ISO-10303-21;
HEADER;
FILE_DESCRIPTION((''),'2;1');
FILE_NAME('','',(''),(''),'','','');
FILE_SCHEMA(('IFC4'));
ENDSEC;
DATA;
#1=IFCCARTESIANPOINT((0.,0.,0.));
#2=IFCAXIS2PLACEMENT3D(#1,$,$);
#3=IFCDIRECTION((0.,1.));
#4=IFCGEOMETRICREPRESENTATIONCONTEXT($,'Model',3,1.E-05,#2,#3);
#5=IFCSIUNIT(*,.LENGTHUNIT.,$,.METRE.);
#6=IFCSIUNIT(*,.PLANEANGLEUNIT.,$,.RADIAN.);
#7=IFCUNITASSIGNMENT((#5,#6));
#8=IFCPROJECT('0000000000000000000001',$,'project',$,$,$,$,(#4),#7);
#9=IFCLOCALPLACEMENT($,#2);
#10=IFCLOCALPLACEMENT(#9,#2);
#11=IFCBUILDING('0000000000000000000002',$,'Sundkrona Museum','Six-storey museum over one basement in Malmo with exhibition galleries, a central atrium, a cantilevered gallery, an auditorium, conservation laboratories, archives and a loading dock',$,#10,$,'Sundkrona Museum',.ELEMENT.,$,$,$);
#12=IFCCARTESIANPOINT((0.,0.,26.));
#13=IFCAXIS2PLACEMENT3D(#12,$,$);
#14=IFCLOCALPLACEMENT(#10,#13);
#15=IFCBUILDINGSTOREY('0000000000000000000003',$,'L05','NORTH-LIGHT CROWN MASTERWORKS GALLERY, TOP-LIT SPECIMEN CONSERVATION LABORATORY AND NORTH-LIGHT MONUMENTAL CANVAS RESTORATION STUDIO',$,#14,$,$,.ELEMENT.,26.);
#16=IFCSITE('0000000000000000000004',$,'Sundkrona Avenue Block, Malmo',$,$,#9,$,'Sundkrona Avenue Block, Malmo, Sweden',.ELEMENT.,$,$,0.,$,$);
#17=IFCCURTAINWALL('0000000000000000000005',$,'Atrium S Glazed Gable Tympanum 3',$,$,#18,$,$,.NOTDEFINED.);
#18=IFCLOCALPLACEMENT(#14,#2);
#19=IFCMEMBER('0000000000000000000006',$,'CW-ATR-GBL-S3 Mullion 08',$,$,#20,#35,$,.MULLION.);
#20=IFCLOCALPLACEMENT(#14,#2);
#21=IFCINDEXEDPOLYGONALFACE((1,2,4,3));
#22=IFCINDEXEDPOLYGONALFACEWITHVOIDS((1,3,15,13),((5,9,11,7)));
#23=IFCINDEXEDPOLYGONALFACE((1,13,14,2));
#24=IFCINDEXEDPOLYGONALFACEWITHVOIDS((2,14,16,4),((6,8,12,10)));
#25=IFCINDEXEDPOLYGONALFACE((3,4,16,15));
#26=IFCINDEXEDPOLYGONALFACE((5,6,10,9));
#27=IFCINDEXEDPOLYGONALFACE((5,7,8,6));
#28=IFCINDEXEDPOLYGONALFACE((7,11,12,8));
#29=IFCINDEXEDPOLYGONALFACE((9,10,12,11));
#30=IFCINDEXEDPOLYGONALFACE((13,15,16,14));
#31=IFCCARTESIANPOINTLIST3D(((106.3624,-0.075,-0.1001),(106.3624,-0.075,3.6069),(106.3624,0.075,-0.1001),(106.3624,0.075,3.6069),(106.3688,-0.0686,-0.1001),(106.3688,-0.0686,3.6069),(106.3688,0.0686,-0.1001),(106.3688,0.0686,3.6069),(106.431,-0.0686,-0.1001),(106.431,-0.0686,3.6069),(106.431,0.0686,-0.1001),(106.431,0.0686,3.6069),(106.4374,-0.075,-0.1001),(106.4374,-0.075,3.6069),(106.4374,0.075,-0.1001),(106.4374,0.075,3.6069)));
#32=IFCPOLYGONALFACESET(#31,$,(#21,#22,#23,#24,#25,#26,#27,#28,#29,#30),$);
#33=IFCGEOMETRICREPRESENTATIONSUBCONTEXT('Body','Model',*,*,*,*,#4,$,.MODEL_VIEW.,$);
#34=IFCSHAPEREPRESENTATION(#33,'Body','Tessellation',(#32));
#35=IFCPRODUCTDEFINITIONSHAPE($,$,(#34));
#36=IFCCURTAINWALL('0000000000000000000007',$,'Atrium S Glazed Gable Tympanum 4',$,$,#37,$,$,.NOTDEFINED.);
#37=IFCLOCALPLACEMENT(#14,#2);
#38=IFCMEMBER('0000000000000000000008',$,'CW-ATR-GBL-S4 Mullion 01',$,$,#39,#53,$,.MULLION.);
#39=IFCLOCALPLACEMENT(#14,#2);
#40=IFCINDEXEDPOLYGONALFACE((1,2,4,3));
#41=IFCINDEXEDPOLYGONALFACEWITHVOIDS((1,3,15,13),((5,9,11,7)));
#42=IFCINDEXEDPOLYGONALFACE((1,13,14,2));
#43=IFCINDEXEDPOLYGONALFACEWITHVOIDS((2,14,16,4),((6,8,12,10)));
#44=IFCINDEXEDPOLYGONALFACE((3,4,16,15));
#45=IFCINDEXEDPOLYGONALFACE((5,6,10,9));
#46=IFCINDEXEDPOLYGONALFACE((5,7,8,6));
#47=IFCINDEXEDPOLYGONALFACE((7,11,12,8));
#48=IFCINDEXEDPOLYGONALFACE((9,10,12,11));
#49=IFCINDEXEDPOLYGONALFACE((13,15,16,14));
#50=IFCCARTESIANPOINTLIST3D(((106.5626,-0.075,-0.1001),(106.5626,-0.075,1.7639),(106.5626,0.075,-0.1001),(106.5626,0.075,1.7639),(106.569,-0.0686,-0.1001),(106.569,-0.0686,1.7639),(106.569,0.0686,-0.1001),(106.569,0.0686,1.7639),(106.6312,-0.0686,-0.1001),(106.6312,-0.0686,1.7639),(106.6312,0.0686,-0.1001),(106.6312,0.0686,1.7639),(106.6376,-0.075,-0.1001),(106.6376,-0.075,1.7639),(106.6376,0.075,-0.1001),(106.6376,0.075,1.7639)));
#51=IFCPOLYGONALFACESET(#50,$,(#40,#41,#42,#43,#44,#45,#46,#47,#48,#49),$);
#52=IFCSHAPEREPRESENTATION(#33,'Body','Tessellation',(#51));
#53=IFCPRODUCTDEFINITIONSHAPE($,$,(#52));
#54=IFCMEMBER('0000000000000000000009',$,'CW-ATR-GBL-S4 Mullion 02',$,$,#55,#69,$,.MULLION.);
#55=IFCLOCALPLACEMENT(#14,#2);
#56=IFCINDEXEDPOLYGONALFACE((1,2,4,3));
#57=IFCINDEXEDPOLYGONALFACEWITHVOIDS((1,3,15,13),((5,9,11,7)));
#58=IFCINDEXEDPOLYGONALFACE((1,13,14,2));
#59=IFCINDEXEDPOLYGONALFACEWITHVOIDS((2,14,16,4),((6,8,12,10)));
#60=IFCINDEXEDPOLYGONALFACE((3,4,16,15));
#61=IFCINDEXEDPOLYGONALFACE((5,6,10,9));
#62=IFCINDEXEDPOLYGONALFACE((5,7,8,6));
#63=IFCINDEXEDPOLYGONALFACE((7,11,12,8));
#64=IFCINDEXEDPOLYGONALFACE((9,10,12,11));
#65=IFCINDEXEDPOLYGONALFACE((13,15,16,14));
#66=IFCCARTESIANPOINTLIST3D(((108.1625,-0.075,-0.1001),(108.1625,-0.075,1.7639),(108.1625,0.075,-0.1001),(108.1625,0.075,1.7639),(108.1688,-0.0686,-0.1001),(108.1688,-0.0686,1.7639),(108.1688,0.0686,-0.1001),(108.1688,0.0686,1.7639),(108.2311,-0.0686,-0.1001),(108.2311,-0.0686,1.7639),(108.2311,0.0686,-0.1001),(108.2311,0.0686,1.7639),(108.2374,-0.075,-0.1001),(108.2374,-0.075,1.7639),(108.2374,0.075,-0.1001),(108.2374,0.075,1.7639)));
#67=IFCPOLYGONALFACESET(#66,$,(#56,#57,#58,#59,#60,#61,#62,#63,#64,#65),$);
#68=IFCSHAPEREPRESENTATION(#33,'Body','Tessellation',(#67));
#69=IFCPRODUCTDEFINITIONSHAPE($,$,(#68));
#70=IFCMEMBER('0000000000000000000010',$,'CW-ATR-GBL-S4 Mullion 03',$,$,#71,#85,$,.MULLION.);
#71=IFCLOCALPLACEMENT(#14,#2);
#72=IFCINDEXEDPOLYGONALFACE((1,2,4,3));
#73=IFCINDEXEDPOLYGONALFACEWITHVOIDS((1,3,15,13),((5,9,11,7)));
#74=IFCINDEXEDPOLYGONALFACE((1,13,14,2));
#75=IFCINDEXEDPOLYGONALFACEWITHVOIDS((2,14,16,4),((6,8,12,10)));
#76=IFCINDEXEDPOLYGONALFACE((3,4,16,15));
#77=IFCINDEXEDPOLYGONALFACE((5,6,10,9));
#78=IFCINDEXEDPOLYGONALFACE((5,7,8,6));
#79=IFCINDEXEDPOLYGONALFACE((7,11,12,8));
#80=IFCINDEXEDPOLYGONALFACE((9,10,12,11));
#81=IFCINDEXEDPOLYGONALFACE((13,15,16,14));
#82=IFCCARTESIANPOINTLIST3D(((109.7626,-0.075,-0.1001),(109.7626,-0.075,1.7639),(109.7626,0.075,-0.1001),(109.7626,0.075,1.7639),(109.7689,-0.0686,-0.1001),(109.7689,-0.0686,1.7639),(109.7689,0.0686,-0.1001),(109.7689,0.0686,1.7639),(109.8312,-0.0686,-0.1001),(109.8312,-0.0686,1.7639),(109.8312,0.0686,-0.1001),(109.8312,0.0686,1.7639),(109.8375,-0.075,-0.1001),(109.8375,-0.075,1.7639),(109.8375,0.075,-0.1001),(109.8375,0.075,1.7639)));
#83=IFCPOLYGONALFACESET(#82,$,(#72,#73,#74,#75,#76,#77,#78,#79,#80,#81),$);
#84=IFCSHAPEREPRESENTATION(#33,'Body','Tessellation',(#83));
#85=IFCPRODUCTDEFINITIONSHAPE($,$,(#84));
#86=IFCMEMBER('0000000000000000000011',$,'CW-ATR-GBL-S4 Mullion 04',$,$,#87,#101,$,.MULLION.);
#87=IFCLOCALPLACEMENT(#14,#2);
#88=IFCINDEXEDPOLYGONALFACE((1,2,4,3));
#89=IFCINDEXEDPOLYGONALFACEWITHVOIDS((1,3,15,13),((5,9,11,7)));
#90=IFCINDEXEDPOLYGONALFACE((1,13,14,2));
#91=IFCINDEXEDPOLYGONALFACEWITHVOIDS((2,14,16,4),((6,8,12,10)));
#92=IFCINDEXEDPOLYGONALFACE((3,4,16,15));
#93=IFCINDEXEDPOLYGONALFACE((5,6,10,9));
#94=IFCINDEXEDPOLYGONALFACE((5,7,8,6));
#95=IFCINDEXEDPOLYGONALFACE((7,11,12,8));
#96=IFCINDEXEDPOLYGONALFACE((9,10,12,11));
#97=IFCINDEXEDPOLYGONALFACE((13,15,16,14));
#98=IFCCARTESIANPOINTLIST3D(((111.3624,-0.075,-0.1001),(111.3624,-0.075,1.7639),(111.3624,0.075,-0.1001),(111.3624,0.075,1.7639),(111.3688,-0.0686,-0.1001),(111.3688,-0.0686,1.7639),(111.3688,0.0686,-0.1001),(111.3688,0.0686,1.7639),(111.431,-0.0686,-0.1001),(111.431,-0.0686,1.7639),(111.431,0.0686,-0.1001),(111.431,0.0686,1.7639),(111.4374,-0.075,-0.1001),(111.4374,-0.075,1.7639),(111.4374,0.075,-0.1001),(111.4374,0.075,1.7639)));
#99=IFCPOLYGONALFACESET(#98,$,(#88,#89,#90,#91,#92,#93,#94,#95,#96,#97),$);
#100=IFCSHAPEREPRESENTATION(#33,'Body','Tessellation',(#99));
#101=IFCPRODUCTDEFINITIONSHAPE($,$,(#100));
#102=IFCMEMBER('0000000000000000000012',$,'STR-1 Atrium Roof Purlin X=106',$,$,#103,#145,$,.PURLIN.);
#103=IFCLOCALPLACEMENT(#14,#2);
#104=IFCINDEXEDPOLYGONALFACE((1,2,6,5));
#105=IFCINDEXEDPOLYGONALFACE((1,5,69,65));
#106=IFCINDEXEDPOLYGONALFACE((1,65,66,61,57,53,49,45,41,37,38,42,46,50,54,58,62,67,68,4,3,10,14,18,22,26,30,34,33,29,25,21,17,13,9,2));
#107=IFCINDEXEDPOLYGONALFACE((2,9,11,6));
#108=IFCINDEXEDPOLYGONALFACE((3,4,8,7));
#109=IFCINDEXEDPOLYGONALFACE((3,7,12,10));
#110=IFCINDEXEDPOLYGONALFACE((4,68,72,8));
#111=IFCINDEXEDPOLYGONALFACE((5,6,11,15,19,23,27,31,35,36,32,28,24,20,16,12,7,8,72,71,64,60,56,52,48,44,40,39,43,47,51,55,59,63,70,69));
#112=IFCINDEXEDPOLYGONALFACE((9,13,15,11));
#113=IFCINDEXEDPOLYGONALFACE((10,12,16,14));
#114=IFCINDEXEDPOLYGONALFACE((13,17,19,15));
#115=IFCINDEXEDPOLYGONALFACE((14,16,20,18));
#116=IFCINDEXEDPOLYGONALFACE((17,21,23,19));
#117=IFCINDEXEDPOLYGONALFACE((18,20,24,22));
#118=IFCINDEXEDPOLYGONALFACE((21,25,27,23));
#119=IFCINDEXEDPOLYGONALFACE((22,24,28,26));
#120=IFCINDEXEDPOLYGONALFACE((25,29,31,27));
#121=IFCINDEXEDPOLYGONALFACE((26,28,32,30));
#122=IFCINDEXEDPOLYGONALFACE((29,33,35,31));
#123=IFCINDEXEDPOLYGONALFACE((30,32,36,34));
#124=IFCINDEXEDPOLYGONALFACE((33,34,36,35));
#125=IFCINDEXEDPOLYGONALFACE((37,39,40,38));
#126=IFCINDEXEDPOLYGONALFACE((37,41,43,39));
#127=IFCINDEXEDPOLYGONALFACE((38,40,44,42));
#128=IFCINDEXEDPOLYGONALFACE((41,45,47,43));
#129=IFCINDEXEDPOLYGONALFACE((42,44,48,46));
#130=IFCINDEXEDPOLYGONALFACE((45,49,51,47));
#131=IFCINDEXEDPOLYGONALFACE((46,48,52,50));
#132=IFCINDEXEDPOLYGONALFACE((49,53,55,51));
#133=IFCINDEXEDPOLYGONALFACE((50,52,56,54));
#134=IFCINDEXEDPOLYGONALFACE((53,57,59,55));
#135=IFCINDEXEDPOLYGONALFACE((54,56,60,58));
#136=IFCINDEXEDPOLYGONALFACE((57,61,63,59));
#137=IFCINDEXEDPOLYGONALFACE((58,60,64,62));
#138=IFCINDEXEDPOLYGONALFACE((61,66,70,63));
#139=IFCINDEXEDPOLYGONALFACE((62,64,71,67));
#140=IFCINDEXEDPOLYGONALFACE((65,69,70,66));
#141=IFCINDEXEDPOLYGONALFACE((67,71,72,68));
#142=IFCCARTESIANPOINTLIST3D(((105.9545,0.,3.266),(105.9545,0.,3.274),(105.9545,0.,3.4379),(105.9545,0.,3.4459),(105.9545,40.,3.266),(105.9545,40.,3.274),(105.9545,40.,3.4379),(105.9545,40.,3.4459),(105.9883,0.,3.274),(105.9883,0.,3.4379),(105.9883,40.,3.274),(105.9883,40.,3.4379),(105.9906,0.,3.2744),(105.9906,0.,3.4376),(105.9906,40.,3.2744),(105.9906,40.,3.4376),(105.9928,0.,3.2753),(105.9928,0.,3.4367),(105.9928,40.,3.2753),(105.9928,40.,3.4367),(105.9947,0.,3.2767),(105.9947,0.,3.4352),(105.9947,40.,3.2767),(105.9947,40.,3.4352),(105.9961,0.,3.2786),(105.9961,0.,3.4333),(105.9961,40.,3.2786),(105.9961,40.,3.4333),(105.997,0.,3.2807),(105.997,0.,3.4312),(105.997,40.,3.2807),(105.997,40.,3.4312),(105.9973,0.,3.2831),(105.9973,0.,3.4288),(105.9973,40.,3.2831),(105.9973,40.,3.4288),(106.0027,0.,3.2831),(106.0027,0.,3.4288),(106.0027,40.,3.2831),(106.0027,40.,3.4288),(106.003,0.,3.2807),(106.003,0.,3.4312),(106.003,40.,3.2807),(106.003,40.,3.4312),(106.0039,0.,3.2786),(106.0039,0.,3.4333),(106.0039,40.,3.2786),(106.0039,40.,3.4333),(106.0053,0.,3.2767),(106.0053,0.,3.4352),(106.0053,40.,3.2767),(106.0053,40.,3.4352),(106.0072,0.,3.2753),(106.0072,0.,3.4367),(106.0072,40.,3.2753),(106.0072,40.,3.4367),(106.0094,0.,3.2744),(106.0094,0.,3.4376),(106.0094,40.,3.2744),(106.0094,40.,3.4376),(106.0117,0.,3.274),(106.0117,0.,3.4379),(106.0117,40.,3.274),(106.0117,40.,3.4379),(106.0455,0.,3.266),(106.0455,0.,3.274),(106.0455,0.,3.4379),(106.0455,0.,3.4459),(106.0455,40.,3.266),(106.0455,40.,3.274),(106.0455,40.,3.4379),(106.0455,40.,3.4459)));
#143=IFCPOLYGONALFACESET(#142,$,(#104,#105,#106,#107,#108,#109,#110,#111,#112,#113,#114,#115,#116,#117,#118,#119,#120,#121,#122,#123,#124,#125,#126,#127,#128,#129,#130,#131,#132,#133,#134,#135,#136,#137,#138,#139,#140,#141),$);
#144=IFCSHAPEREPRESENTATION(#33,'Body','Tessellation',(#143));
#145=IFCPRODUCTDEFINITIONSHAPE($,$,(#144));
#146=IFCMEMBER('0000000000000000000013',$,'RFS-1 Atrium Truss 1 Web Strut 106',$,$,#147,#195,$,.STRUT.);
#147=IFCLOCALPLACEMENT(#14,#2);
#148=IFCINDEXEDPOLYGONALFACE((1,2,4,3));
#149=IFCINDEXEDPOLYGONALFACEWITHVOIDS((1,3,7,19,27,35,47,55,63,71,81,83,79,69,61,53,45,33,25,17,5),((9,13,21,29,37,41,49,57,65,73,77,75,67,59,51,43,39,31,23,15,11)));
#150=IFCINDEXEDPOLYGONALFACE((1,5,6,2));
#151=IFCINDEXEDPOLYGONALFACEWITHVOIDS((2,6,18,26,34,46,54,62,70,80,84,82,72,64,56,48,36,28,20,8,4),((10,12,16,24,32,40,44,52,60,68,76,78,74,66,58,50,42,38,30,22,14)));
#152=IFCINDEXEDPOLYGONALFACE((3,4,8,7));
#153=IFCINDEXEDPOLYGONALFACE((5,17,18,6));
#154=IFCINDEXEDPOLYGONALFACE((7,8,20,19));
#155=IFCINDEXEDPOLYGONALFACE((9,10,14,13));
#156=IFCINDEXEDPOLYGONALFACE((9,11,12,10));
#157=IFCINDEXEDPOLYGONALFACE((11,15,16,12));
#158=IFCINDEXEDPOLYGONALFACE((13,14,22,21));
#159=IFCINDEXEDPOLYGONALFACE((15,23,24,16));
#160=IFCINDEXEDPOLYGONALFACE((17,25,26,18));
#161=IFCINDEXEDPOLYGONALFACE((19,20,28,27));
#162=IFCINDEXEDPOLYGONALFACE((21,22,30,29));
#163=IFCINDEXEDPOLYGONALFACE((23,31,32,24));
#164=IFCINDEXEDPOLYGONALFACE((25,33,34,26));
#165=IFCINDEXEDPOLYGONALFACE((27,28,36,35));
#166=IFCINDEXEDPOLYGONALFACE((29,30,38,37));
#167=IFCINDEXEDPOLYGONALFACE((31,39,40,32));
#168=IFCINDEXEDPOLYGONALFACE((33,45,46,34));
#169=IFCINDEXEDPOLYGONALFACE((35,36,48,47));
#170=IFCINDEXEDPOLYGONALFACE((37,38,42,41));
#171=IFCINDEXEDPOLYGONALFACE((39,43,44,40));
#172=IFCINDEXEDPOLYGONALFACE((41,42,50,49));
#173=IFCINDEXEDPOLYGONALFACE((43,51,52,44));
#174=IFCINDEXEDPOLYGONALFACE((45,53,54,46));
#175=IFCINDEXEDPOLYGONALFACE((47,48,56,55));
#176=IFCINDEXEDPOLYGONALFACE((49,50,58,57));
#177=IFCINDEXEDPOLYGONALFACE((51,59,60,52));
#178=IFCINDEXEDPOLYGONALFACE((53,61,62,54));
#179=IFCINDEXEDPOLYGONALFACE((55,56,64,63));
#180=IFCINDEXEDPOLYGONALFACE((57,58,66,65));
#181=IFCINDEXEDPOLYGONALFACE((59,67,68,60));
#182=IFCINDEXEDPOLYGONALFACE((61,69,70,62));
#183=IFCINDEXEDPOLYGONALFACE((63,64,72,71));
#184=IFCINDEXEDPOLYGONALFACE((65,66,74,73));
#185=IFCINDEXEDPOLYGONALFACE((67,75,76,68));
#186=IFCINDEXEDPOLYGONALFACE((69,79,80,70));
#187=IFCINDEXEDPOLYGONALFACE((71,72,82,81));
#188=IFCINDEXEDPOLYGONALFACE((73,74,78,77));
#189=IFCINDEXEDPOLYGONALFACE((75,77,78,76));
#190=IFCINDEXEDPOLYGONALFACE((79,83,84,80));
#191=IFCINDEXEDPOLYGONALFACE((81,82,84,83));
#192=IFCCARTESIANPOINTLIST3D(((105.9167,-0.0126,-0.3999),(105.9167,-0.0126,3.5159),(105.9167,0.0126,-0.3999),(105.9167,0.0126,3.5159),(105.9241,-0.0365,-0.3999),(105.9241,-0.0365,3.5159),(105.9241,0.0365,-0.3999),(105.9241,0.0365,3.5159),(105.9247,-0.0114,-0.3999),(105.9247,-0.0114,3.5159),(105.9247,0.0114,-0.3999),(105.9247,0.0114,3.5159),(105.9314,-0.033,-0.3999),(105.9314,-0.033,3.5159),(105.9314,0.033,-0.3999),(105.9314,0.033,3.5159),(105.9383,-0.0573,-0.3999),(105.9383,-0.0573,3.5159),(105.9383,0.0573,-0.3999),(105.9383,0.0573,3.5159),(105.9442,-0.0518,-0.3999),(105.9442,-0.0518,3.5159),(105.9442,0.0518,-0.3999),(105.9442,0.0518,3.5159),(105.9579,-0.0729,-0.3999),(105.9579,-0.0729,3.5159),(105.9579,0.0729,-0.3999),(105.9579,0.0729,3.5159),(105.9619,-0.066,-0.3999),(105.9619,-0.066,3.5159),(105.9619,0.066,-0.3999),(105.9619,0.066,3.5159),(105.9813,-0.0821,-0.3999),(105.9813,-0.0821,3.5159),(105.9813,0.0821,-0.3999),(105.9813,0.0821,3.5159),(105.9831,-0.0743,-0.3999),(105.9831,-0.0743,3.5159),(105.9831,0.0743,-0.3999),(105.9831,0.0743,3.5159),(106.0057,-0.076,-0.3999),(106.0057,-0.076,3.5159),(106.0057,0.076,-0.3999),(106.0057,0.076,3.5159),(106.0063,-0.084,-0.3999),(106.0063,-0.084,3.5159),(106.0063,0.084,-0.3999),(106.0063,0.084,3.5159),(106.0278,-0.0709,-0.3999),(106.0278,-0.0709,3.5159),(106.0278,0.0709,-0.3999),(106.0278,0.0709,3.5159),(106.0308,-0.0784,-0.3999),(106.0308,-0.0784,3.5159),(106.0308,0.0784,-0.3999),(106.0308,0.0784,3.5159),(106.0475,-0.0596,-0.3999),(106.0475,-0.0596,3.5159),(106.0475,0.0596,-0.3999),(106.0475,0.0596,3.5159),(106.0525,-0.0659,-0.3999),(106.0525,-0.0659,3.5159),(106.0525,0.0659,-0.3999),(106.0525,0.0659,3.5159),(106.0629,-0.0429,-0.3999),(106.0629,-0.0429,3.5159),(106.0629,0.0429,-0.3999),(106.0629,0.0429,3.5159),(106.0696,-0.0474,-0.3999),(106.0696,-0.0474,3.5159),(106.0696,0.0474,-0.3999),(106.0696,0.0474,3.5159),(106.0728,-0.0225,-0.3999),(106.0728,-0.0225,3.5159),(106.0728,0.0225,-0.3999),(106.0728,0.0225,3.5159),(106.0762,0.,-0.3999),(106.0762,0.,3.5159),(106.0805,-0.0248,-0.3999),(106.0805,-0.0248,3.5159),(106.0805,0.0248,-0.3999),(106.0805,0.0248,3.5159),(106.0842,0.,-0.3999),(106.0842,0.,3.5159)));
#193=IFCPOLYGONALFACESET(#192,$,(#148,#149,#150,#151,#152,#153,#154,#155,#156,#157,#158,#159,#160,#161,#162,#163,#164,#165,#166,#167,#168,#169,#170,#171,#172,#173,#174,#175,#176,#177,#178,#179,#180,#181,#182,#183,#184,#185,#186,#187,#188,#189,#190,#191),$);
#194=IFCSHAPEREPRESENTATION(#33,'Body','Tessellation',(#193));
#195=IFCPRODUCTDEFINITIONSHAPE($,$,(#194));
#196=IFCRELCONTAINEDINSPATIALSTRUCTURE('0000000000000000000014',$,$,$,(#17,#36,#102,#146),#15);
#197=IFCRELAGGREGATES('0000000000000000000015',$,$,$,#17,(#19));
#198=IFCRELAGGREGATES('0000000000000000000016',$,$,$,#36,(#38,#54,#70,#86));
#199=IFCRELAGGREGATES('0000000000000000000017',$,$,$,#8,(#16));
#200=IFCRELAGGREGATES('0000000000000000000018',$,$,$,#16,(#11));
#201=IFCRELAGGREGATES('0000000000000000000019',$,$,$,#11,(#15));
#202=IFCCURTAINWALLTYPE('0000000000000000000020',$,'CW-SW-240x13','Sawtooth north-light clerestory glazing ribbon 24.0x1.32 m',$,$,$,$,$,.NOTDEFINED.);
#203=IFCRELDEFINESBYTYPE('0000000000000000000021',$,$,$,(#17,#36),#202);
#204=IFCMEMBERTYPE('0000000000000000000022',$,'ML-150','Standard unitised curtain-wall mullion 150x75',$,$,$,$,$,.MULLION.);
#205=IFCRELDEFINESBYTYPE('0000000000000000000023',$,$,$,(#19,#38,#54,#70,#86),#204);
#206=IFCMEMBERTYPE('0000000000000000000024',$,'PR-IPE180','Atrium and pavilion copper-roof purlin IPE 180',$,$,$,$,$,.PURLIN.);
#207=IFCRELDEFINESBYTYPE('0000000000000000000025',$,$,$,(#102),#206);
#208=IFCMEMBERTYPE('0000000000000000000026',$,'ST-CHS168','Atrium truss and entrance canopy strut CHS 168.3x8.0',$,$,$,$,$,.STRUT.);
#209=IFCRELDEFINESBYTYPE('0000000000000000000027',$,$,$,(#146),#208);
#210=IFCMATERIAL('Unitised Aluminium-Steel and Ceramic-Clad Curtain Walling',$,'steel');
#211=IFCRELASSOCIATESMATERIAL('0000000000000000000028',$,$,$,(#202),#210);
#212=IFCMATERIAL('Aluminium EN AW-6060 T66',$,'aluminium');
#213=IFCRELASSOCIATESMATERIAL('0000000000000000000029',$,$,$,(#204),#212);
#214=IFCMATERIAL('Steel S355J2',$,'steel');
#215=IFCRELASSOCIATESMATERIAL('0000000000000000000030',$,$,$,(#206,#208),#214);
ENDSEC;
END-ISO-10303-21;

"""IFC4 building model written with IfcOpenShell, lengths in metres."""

from ifc_helpers import new_model, si_unit, direction, frame, origin, origin_2d, place, context, subcontext, project, spatial, hollow_rectangle, hollow_circle, i_section, extrude, material, material_profile, profile_set, type_object, element, aggregate, save


model = new_model("IFC4")

# Units and contexts
model_context = context("Model", 3, precision=1e-05, world=origin(), true_north=direction((0.0, 1.0)))
body_context = subcontext(model_context, "Body", "Model", "MODEL_VIEW")
ifc_project = project(units=[si_unit("LENGTHUNIT", "METRE"), si_unit("PLANEANGLEUNIT", "RADIAN")], contexts=[model_context])

# Site, building, storey
site_placement = place(None, origin())
site = spatial("IfcSite", under=ifc_project, at=site_placement, Name="Sundkrona Avenue Block, Malmo", LongName="Sundkrona Avenue Block, Malmo, Sweden", CompositionType="ELEMENT", RefElevation=0.0)
building_placement = place(site_placement, origin())
building = spatial("IfcBuilding", under=site, at=building_placement, Name="Sundkrona Museum", Description="Six-storey museum over one basement in Malmo with exhibition galleries, a central atrium, a cantilevered gallery, an auditorium, conservation laboratories, archives and a loading dock", LongName="Sundkrona Museum", CompositionType="ELEMENT")
storey_placement = place(building_placement, frame((0.0, 0.0, 26.0)))
storey = spatial("IfcBuildingStorey", under=building, at=storey_placement, Name="L05", Description="NORTH-LIGHT CROWN MASTERWORKS GALLERY, TOP-LIT SPECIMEN CONSERVATION LABORATORY AND NORTH-LIGHT MONUMENTAL CANVAS RESTORATION STUDIO", CompositionType="ELEMENT", Elevation=26.0)

# Curtain wall, member
ifc_material_1 = material(Name="Unitised Aluminium-Steel and Ceramic-Clad Curtain Walling", Category="steel")
curtain_wall_type = type_object("IfcCurtainWallType", Name="CW-SW-240x13", Description="Sawtooth north-light clerestory glazing ribbon 24.0x1.32 m", PredefinedType="NOTDEFINED", material=ifc_material_1)
curtain_wall_1_placement = place(storey_placement, origin())
curtain_wall_1 = element("IfcCurtainWall", 1, at=curtain_wall_1_placement, inside=storey, type_object=curtain_wall_type, Name="Atrium S Glazed Gable Tympanum 3", PredefinedType="NOTDEFINED")
ifc_material_2 = material(Name="Aluminium EN AW-6060 T66", Category="aluminium")
ifc_material_profile_1 = material_profile(ifc_material_2, hollow_rectangle(XDim=0.075, YDim=0.1499, WallThickness=0.0063, at=origin_2d()), Name="RHS 150x75x6.3")
ifc_profile_set_1 = profile_set([ifc_material_profile_1], Name="Aluminium EN AW-6060 T66")
member_type_1 = type_object("IfcMemberType", Name="ML-150", Description="Standard unitised curtain-wall mullion 150x75", PredefinedType="MULLION", material=ifc_profile_set_1)
member_1_placement = place(storey_placement, frame((106.3999, 0.0, -0.1001), z_axis=(0.0, 0.0, 1.0), x_axis=(1.0, 0.0, 0.0)))
member_1 = element("IfcMember", 2, at=member_1_placement, type_object=member_type_1, Name="CW-ATR-GBL-S3 Mullion 08", PredefinedType="MULLION", context=body_context, shape_type="SweptSolid", body=[
    extrude(hollow_rectangle(XDim=0.075, YDim=0.1499, WallThickness=0.0063, at=origin_2d()), origin(), (0.0, 0.0, 1.0), 3.707),
])

# Curtain wall, members
curtain_wall_2_placement = place(storey_placement, origin())
curtain_wall_2 = element("IfcCurtainWall", 3, at=curtain_wall_2_placement, inside=storey, type_object=curtain_wall_type, Name="Atrium S Glazed Gable Tympanum 4", PredefinedType="NOTDEFINED")
member_2_placement = place(storey_placement, frame((106.6001, 0.0, -0.1001), z_axis=(0.0, 0.0, 1.0), x_axis=(1.0, 0.0, 0.0)))
member_2 = element("IfcMember", 4, at=member_2_placement, type_object=member_type_1, Name="CW-ATR-GBL-S4 Mullion 01", PredefinedType="MULLION", context=body_context, shape_type="SweptSolid", body=[
    extrude(hollow_rectangle(XDim=0.075, YDim=0.1499, WallThickness=0.0063, at=origin_2d()), origin(), (0.0, 0.0, 1.0), 1.864),
])
member_3_placement = place(storey_placement, frame((108.2, 0.0, -0.1001), z_axis=(0.0, 0.0, 1.0), x_axis=(1.0, 0.0, 0.0)))
member_3 = element("IfcMember", 5, at=member_3_placement, type_object=member_type_1, Name="CW-ATR-GBL-S4 Mullion 02", PredefinedType="MULLION", context=body_context, shape_type="SweptSolid", body=[
    extrude(hollow_rectangle(XDim=0.075, YDim=0.1499, WallThickness=0.0063, at=origin_2d()), origin(), (0.0, 0.0, 1.0), 1.864),
])
member_4_placement = place(storey_placement, frame((109.8, 0.0, -0.1001), z_axis=(0.0, 0.0, 1.0), x_axis=(1.0, 0.0, 0.0)))
member_4 = element("IfcMember", 6, at=member_4_placement, type_object=member_type_1, Name="CW-ATR-GBL-S4 Mullion 03", PredefinedType="MULLION", context=body_context, shape_type="SweptSolid", body=[
    extrude(hollow_rectangle(XDim=0.075, YDim=0.1499, WallThickness=0.0063, at=origin_2d()), origin(), (0.0, 0.0, 1.0), 1.864),
])
member_5_placement = place(storey_placement, frame((111.3999, 0.0, -0.1001), z_axis=(0.0, 0.0, 1.0), x_axis=(1.0, 0.0, 0.0)))
member_5 = element("IfcMember", 7, at=member_5_placement, type_object=member_type_1, Name="CW-ATR-GBL-S4 Mullion 04", PredefinedType="MULLION", context=body_context, shape_type="SweptSolid", body=[
    extrude(hollow_rectangle(XDim=0.075, YDim=0.1499, WallThickness=0.0063, at=origin_2d()), origin(), (0.0, 0.0, 1.0), 1.864),
])

# Members
ifc_material_3 = material(Name="Steel S355J2", Category="steel")
ifc_material_profile_2 = material_profile(ifc_material_3, i_section(OverallWidth=0.0911, OverallDepth=0.1799, WebThickness=0.0054, FlangeThickness=0.0081, FilletRadius=0.009, at=origin_2d()), Name="IPE 180")
ifc_profile_set_2 = profile_set([ifc_material_profile_2], Name="Steel S355J2")
member_type_2 = type_object("IfcMemberType", Name="PR-IPE180", Description="Atrium and pavilion copper-roof purlin IPE 180", PredefinedType="PURLIN", material=ifc_profile_set_2)
member_6_placement = place(storey_placement, frame((106.0, 0.0, 3.356), z_axis=(0.0, 1.0, 0.0), x_axis=(-1.0, 0.0, 0.0)))
element("IfcMember", 8, at=member_6_placement, inside=storey, type_object=member_type_2, Name="STR-1 Atrium Roof Purlin X=106", PredefinedType="PURLIN", context=body_context, shape_type="SweptSolid", body=[
    extrude(i_section(OverallWidth=0.0911, OverallDepth=0.1799, WebThickness=0.0054, FlangeThickness=0.0081, FilletRadius=0.009, at=origin_2d()), origin(), (0.0, 0.0, 1.0), 40.0),
])
ifc_material_profile_3 = material_profile(ifc_material_3, hollow_circle(Radius=0.0842, WallThickness=0.0081, at=origin_2d()), Name="CHS 168.3x8.0")
ifc_profile_set_3 = profile_set([ifc_material_profile_3], Name="Steel S355J2")
member_type_3 = type_object("IfcMemberType", Name="ST-CHS168", Description="Atrium truss and entrance canopy strut CHS 168.3x8.0", PredefinedType="STRUT", material=ifc_profile_set_3)
member_7_placement = place(storey_placement, frame((106.0, 0.0, -0.3999), z_axis=(0.0, 0.0, 1.0), x_axis=(1.0, 0.0, 0.0)))
element("IfcMember", 9, at=member_7_placement, inside=storey, type_object=member_type_3, Name="RFS-1 Atrium Truss 1 Web Strut 106", PredefinedType="STRUT", context=body_context, shape_type="SweptSolid", body=[
    extrude(hollow_circle(Radius=0.0842, WallThickness=0.0081, at=origin_2d()), origin(), (0.0, 0.0, 1.0), 3.9158),
])

aggregate(curtain_wall_1, [member_1])
aggregate(curtain_wall_2, [member_2, member_3, member_4, member_5])

save(model, "model.ifc")
